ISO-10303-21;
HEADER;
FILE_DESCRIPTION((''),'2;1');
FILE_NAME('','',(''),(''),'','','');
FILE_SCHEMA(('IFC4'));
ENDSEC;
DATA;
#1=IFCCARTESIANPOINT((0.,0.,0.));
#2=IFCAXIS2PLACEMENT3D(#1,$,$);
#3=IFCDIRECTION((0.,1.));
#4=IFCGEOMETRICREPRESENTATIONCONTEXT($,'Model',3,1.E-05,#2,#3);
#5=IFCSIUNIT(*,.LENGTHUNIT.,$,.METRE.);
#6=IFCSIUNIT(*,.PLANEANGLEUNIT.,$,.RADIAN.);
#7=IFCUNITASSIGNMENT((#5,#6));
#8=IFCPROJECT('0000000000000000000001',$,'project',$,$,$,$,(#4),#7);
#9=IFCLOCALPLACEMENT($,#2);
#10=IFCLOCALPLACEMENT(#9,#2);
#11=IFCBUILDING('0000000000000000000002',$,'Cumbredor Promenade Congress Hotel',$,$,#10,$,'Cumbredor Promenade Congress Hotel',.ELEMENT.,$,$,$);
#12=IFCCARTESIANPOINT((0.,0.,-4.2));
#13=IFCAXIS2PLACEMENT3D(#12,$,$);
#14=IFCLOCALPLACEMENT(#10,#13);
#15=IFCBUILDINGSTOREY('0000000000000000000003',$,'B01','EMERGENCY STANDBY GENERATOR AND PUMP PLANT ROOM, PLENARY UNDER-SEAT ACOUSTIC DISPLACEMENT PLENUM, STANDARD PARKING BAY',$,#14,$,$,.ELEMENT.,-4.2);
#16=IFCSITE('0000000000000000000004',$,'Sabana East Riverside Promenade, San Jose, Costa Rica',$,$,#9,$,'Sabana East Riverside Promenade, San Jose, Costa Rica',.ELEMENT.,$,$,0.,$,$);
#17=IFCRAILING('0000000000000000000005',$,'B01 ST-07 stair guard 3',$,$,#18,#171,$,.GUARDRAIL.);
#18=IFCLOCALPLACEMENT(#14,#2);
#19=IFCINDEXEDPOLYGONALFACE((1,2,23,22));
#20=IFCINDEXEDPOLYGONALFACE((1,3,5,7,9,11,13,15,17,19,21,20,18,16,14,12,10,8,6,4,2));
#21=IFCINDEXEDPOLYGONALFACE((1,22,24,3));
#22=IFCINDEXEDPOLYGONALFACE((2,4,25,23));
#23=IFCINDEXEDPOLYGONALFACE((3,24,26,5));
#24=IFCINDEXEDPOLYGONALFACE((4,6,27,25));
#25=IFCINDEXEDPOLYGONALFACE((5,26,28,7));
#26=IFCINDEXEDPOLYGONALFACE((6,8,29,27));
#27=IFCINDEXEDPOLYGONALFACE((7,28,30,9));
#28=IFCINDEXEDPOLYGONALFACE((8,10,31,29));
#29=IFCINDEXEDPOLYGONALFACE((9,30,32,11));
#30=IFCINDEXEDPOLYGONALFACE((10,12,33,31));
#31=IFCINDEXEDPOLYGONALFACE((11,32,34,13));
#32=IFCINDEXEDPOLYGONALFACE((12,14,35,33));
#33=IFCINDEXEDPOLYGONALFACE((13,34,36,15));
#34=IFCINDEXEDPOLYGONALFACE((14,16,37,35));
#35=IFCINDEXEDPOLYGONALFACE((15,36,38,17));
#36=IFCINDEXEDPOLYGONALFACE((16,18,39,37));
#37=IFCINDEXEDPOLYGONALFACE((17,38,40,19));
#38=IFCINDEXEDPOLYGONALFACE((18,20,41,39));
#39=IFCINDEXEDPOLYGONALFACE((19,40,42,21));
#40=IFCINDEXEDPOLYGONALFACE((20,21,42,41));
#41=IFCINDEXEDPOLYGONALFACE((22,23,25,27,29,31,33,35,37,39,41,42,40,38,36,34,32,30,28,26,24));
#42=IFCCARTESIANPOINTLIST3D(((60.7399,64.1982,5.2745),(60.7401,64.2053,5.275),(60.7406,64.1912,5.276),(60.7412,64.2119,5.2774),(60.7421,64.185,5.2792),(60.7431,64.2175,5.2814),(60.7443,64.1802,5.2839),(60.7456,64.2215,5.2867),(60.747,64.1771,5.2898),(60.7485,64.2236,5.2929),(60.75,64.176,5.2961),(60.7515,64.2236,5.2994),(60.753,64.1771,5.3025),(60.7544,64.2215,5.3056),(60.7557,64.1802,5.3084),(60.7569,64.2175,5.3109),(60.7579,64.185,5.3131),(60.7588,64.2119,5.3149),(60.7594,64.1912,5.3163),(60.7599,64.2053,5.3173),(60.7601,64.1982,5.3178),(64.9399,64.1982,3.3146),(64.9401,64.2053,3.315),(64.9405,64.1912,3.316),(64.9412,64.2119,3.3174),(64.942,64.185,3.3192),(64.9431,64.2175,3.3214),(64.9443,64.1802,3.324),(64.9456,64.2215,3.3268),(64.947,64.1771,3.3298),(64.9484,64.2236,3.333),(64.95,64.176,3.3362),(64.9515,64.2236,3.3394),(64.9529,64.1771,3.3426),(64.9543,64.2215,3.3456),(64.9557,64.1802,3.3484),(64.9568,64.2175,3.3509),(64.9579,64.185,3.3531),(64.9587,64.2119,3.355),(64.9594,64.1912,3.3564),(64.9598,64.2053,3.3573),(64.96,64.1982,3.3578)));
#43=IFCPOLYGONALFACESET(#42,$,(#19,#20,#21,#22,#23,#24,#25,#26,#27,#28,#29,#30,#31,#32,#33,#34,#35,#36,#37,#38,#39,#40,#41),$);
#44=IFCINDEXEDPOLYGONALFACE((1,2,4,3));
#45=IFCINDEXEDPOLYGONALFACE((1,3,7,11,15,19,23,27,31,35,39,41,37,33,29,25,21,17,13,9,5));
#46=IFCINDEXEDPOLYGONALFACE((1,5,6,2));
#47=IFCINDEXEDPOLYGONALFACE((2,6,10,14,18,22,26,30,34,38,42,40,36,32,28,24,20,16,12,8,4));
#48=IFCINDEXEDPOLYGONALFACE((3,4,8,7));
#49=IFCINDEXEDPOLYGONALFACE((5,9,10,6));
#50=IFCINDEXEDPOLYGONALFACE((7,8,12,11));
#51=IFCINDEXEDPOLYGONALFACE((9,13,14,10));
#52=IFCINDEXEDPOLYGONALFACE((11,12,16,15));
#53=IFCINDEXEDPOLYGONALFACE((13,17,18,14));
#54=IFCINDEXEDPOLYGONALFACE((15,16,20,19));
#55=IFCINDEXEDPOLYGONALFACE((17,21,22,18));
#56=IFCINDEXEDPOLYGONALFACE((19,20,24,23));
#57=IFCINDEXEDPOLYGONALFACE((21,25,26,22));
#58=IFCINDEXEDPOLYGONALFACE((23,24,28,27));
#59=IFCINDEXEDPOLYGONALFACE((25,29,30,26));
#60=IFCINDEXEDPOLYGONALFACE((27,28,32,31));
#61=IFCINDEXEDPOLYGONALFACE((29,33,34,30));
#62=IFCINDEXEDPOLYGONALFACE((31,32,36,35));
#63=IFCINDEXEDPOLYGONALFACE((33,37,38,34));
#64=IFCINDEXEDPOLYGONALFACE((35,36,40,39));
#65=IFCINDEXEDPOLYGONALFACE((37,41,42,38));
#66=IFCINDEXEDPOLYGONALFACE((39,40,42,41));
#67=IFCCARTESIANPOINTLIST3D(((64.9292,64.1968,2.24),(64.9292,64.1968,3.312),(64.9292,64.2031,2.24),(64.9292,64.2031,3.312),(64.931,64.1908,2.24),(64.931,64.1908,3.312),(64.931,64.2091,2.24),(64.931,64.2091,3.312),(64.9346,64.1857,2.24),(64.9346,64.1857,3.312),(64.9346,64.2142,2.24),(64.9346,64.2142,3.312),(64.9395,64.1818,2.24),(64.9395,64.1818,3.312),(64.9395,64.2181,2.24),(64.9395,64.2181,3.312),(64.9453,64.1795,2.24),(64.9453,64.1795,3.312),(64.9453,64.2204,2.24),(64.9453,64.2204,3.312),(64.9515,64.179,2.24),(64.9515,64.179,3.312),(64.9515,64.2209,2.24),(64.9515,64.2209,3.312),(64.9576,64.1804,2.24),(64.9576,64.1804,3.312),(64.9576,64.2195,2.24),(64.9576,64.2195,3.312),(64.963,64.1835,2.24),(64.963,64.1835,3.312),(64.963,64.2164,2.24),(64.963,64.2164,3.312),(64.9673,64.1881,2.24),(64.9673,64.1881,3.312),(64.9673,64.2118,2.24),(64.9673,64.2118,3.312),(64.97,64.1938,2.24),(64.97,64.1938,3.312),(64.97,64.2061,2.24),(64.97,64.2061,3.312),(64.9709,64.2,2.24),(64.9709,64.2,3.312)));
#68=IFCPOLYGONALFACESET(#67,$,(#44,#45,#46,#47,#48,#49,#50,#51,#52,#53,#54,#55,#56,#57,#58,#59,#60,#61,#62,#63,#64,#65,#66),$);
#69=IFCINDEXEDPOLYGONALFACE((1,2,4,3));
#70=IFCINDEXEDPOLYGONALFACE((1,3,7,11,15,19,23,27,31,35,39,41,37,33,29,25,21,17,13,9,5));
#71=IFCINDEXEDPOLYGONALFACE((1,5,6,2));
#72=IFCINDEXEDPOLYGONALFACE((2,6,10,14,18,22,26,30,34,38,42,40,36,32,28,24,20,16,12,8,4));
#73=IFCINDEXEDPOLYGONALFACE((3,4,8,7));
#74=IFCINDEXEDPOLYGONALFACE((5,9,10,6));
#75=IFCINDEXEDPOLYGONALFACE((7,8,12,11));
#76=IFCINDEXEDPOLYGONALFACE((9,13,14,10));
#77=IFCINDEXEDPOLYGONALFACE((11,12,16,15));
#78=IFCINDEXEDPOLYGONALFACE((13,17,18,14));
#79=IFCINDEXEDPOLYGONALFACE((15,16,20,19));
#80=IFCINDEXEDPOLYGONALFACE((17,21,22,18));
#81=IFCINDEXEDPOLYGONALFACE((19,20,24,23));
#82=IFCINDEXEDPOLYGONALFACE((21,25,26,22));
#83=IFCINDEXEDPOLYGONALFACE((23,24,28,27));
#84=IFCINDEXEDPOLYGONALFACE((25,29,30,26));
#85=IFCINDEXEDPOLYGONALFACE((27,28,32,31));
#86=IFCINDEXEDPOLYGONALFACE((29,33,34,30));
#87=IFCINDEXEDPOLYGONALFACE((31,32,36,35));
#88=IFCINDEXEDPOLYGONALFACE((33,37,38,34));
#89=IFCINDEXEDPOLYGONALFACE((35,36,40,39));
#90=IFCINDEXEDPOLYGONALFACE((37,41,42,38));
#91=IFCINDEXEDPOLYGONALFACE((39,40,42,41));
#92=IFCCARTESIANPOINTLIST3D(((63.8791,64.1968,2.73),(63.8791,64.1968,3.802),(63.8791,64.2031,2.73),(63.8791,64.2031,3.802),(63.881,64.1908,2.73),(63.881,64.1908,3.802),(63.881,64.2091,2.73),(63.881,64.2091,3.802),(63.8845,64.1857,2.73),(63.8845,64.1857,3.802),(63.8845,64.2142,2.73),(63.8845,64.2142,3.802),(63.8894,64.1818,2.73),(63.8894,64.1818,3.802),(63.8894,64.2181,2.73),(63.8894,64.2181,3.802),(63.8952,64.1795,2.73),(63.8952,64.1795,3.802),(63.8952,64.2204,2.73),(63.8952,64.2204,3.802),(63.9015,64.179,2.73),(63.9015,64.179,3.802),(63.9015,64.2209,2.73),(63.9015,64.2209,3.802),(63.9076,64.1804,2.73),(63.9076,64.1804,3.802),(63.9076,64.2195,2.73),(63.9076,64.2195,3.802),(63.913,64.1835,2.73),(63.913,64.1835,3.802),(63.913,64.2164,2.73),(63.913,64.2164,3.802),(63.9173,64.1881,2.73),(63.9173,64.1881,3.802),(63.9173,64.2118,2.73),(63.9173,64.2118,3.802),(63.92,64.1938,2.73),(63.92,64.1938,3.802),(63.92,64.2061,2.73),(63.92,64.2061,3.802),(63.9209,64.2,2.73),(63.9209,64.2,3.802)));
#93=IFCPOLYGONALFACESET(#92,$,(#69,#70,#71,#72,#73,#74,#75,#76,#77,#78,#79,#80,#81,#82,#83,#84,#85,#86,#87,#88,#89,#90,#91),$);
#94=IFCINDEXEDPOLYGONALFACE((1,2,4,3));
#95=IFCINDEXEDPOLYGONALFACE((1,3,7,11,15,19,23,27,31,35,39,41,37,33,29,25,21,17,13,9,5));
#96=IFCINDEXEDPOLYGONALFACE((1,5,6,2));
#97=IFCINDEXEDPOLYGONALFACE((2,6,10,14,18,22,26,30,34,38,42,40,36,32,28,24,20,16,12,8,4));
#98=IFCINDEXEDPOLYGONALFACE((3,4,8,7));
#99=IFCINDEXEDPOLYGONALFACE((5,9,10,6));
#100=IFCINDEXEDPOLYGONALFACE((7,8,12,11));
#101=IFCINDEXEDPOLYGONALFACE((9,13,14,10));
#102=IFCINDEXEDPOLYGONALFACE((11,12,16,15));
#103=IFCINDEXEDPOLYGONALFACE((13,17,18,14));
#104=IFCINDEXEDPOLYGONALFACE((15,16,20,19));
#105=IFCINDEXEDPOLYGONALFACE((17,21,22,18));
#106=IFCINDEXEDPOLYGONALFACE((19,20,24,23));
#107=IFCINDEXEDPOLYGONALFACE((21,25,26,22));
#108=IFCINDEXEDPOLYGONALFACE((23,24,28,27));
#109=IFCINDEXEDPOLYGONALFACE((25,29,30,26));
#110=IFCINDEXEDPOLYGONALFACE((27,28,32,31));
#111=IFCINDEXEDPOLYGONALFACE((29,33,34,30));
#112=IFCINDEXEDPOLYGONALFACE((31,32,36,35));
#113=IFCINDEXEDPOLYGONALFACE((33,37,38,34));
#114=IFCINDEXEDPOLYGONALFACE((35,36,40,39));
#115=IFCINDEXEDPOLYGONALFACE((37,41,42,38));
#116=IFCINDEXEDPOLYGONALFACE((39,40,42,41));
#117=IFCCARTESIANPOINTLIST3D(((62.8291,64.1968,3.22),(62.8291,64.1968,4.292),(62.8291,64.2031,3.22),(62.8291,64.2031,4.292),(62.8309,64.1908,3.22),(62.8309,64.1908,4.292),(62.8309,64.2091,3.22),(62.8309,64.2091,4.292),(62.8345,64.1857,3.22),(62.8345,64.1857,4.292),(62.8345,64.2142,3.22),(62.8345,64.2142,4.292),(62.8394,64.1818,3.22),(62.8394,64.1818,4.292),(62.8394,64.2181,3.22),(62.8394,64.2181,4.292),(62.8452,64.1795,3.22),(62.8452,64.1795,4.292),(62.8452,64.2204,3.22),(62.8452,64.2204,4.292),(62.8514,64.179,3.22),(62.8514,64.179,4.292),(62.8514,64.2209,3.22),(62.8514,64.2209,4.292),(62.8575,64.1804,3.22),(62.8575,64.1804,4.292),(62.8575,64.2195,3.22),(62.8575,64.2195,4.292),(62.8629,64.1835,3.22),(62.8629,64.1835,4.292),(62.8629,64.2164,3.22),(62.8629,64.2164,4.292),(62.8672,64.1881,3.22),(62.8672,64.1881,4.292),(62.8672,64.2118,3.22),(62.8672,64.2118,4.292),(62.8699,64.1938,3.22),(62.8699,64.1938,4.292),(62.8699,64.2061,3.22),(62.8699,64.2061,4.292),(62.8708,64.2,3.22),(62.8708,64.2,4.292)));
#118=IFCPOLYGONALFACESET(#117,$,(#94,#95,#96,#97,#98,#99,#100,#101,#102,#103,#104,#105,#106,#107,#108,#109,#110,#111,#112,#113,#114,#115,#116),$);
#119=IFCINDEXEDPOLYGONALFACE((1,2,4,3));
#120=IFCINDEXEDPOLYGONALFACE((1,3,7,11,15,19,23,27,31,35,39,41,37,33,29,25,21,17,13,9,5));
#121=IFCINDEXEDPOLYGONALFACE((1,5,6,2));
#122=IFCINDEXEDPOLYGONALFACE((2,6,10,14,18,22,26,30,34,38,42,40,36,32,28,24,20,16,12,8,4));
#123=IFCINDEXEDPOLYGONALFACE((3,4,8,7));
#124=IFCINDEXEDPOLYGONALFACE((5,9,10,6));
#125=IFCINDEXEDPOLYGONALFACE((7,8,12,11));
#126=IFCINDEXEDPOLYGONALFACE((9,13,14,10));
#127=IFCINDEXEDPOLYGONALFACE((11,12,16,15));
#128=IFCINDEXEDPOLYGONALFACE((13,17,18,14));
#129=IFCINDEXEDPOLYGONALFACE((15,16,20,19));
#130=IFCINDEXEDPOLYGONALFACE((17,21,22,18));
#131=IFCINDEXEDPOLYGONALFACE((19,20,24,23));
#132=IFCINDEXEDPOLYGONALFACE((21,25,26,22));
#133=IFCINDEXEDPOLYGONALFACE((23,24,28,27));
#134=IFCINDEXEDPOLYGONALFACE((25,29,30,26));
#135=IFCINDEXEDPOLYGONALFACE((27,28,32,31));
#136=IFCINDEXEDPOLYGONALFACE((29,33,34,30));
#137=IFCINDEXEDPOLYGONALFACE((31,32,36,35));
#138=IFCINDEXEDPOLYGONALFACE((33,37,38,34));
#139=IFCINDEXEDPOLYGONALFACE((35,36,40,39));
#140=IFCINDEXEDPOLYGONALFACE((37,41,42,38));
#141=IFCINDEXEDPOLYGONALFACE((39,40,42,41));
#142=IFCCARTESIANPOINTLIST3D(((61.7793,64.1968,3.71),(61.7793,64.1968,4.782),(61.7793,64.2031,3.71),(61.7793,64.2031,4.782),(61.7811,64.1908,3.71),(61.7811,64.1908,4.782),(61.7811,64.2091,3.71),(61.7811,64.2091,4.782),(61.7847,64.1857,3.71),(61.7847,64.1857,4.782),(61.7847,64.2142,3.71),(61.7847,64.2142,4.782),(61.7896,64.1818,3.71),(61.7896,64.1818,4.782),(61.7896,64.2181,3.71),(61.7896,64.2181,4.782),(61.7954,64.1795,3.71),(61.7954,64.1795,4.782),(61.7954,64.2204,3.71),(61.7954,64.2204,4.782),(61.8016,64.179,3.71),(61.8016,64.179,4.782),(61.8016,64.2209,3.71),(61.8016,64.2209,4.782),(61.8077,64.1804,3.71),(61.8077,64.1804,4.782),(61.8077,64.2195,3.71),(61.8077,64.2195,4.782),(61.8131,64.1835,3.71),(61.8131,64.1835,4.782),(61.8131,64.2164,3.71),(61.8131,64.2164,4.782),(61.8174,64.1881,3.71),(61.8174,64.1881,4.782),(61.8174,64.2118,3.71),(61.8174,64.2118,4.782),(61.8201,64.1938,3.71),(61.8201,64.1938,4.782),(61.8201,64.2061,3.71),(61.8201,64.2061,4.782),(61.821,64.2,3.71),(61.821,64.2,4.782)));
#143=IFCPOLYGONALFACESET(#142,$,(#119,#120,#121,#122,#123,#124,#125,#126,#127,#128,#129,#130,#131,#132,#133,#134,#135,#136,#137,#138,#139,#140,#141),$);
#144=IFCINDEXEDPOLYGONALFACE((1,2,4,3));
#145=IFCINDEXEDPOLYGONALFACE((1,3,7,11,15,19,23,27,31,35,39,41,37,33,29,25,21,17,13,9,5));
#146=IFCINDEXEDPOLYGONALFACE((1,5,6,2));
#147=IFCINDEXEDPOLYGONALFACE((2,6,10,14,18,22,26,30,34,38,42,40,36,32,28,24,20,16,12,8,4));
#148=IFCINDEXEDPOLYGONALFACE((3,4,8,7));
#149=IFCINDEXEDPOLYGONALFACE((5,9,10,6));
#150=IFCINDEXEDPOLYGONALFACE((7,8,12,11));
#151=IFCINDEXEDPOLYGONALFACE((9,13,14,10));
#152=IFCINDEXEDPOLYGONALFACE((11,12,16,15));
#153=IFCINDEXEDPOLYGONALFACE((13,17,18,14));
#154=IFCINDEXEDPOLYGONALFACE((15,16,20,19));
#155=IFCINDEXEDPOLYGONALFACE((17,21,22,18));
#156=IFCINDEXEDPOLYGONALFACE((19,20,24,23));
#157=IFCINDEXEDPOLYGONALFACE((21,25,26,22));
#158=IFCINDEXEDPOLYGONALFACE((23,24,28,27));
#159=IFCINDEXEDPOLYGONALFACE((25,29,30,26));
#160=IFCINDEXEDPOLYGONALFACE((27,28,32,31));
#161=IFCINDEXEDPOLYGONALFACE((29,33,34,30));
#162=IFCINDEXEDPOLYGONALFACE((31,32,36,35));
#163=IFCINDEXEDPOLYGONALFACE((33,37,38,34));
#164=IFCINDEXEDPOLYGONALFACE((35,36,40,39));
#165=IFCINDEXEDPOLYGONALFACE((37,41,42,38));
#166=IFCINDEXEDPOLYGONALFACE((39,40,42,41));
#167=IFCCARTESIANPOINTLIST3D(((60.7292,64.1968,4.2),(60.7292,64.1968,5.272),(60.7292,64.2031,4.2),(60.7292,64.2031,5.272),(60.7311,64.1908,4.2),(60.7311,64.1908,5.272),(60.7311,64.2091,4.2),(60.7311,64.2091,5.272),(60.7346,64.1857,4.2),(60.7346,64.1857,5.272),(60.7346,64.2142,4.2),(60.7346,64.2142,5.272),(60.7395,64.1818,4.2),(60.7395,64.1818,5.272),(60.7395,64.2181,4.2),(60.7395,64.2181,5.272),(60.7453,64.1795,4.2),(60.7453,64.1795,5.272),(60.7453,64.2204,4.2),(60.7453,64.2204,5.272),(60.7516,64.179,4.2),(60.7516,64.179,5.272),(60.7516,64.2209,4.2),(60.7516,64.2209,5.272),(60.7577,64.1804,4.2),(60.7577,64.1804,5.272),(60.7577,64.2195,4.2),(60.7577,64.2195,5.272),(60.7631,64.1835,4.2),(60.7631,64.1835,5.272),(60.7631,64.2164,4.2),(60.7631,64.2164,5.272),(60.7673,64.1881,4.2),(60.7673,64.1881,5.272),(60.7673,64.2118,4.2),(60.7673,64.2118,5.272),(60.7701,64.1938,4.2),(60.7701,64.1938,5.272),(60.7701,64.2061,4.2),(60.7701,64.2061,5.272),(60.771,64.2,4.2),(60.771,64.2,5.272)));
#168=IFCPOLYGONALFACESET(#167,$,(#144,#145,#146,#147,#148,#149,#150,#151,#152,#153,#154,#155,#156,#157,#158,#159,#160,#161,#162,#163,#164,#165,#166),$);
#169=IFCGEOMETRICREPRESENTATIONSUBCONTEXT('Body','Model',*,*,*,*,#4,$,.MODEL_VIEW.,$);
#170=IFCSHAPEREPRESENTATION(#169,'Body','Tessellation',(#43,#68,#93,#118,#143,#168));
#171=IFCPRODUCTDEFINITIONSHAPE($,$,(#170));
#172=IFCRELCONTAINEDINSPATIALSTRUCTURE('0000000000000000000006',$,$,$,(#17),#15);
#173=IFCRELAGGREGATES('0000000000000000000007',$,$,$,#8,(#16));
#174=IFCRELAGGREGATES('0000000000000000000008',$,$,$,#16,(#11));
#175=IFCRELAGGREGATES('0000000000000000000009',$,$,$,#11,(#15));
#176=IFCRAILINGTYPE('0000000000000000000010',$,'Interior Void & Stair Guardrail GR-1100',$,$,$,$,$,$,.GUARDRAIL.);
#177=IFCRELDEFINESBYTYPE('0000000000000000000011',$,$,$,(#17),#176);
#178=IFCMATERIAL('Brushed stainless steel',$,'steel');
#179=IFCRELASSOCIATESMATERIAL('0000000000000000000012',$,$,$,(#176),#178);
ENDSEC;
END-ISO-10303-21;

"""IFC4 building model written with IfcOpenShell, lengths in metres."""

from ifc_helpers import new_model, si_unit, direction, frame, origin, origin_2d, place, context, subcontext, project, spatial, circle, extrude, material, type_object, element, save


model = new_model("IFC4")

# Units and contexts
model_context = context("Model", 3, precision=1e-05, world=origin(), true_north=direction((0.0, 1.0)))
body_context = subcontext(model_context, "Body", "Model", "MODEL_VIEW")
ifc_project = project(units=[si_unit("LENGTHUNIT", "METRE"), si_unit("PLANEANGLEUNIT", "RADIAN")], contexts=[model_context])

# Site, building, storey
site_placement = place(None, origin())
site = spatial("IfcSite", under=ifc_project, at=site_placement, Name="Sabana East Riverside Promenade, San Jose, Costa Rica", LongName="Sabana East Riverside Promenade, San Jose, Costa Rica", CompositionType="ELEMENT", RefElevation=0.0)
building_placement = place(site_placement, origin())
building = spatial("IfcBuilding", under=site, at=building_placement, Name="Cumbredor Promenade Congress Hotel", LongName="Cumbredor Promenade Congress Hotel", CompositionType="ELEMENT")
storey_placement = place(building_placement, frame((0.0, 0.0, -4.2)))
storey = spatial("IfcBuildingStorey", under=building, at=storey_placement, Name="B01", Description="EMERGENCY STANDBY GENERATOR AND PUMP PLANT ROOM, PLENARY UNDER-SEAT ACOUSTIC DISPLACEMENT PLENUM, STANDARD PARKING BAY", CompositionType="ELEMENT", Elevation=-4.2)

# Railing
ifc_material_1 = material(Name="Brushed stainless steel", Category="steel")
railing_type_1 = type_object("IfcRailingType", Name="Interior Void & Stair Guardrail GR-1100", PredefinedType="GUARDRAIL", material=ifc_material_1)
railing_1_placement = place(storey_placement, frame((64.95, 64.2, 2.24)))
element("IfcRailing", 1, at=railing_1_placement, inside=storey, type_object=railing_type_1, Name="B01 ST-07 stair guard 3", PredefinedType="GUARDRAIL", context=body_context, shape_type="SweptSolid", body=[
    extrude(circle(Radius=0.0239, at=origin_2d()), frame((0.0, 0.0, 1.0962), z_axis=(-0.906184, 0.0, 0.422883), x_axis=(0.0, -1.0, 0.0)), (0.0, 0.0, 1.0), 4.6348),
    extrude(circle(Radius=0.021, at=origin_2d()), origin(), (0.0, 0.0, 1.0), 1.072),
    extrude(circle(Radius=0.021, at=origin_2d()), frame((-1.05, 0.0, 0.49)), (0.0, 0.0, 1.0), 1.072),
    extrude(circle(Radius=0.021, at=origin_2d()), frame((-2.1001, 0.0, 0.98)), (0.0, 0.0, 1.0), 1.072),
    extrude(circle(Radius=0.021, at=origin_2d()), frame((-3.1499, 0.0, 1.47)), (0.0, 0.0, 1.0), 1.072),
    extrude(circle(Radius=0.021, at=origin_2d()), frame((-4.2, 0.0, 1.96)), (0.0, 0.0, 1.0), 1.072),
])

save(model, "model.ifc")
